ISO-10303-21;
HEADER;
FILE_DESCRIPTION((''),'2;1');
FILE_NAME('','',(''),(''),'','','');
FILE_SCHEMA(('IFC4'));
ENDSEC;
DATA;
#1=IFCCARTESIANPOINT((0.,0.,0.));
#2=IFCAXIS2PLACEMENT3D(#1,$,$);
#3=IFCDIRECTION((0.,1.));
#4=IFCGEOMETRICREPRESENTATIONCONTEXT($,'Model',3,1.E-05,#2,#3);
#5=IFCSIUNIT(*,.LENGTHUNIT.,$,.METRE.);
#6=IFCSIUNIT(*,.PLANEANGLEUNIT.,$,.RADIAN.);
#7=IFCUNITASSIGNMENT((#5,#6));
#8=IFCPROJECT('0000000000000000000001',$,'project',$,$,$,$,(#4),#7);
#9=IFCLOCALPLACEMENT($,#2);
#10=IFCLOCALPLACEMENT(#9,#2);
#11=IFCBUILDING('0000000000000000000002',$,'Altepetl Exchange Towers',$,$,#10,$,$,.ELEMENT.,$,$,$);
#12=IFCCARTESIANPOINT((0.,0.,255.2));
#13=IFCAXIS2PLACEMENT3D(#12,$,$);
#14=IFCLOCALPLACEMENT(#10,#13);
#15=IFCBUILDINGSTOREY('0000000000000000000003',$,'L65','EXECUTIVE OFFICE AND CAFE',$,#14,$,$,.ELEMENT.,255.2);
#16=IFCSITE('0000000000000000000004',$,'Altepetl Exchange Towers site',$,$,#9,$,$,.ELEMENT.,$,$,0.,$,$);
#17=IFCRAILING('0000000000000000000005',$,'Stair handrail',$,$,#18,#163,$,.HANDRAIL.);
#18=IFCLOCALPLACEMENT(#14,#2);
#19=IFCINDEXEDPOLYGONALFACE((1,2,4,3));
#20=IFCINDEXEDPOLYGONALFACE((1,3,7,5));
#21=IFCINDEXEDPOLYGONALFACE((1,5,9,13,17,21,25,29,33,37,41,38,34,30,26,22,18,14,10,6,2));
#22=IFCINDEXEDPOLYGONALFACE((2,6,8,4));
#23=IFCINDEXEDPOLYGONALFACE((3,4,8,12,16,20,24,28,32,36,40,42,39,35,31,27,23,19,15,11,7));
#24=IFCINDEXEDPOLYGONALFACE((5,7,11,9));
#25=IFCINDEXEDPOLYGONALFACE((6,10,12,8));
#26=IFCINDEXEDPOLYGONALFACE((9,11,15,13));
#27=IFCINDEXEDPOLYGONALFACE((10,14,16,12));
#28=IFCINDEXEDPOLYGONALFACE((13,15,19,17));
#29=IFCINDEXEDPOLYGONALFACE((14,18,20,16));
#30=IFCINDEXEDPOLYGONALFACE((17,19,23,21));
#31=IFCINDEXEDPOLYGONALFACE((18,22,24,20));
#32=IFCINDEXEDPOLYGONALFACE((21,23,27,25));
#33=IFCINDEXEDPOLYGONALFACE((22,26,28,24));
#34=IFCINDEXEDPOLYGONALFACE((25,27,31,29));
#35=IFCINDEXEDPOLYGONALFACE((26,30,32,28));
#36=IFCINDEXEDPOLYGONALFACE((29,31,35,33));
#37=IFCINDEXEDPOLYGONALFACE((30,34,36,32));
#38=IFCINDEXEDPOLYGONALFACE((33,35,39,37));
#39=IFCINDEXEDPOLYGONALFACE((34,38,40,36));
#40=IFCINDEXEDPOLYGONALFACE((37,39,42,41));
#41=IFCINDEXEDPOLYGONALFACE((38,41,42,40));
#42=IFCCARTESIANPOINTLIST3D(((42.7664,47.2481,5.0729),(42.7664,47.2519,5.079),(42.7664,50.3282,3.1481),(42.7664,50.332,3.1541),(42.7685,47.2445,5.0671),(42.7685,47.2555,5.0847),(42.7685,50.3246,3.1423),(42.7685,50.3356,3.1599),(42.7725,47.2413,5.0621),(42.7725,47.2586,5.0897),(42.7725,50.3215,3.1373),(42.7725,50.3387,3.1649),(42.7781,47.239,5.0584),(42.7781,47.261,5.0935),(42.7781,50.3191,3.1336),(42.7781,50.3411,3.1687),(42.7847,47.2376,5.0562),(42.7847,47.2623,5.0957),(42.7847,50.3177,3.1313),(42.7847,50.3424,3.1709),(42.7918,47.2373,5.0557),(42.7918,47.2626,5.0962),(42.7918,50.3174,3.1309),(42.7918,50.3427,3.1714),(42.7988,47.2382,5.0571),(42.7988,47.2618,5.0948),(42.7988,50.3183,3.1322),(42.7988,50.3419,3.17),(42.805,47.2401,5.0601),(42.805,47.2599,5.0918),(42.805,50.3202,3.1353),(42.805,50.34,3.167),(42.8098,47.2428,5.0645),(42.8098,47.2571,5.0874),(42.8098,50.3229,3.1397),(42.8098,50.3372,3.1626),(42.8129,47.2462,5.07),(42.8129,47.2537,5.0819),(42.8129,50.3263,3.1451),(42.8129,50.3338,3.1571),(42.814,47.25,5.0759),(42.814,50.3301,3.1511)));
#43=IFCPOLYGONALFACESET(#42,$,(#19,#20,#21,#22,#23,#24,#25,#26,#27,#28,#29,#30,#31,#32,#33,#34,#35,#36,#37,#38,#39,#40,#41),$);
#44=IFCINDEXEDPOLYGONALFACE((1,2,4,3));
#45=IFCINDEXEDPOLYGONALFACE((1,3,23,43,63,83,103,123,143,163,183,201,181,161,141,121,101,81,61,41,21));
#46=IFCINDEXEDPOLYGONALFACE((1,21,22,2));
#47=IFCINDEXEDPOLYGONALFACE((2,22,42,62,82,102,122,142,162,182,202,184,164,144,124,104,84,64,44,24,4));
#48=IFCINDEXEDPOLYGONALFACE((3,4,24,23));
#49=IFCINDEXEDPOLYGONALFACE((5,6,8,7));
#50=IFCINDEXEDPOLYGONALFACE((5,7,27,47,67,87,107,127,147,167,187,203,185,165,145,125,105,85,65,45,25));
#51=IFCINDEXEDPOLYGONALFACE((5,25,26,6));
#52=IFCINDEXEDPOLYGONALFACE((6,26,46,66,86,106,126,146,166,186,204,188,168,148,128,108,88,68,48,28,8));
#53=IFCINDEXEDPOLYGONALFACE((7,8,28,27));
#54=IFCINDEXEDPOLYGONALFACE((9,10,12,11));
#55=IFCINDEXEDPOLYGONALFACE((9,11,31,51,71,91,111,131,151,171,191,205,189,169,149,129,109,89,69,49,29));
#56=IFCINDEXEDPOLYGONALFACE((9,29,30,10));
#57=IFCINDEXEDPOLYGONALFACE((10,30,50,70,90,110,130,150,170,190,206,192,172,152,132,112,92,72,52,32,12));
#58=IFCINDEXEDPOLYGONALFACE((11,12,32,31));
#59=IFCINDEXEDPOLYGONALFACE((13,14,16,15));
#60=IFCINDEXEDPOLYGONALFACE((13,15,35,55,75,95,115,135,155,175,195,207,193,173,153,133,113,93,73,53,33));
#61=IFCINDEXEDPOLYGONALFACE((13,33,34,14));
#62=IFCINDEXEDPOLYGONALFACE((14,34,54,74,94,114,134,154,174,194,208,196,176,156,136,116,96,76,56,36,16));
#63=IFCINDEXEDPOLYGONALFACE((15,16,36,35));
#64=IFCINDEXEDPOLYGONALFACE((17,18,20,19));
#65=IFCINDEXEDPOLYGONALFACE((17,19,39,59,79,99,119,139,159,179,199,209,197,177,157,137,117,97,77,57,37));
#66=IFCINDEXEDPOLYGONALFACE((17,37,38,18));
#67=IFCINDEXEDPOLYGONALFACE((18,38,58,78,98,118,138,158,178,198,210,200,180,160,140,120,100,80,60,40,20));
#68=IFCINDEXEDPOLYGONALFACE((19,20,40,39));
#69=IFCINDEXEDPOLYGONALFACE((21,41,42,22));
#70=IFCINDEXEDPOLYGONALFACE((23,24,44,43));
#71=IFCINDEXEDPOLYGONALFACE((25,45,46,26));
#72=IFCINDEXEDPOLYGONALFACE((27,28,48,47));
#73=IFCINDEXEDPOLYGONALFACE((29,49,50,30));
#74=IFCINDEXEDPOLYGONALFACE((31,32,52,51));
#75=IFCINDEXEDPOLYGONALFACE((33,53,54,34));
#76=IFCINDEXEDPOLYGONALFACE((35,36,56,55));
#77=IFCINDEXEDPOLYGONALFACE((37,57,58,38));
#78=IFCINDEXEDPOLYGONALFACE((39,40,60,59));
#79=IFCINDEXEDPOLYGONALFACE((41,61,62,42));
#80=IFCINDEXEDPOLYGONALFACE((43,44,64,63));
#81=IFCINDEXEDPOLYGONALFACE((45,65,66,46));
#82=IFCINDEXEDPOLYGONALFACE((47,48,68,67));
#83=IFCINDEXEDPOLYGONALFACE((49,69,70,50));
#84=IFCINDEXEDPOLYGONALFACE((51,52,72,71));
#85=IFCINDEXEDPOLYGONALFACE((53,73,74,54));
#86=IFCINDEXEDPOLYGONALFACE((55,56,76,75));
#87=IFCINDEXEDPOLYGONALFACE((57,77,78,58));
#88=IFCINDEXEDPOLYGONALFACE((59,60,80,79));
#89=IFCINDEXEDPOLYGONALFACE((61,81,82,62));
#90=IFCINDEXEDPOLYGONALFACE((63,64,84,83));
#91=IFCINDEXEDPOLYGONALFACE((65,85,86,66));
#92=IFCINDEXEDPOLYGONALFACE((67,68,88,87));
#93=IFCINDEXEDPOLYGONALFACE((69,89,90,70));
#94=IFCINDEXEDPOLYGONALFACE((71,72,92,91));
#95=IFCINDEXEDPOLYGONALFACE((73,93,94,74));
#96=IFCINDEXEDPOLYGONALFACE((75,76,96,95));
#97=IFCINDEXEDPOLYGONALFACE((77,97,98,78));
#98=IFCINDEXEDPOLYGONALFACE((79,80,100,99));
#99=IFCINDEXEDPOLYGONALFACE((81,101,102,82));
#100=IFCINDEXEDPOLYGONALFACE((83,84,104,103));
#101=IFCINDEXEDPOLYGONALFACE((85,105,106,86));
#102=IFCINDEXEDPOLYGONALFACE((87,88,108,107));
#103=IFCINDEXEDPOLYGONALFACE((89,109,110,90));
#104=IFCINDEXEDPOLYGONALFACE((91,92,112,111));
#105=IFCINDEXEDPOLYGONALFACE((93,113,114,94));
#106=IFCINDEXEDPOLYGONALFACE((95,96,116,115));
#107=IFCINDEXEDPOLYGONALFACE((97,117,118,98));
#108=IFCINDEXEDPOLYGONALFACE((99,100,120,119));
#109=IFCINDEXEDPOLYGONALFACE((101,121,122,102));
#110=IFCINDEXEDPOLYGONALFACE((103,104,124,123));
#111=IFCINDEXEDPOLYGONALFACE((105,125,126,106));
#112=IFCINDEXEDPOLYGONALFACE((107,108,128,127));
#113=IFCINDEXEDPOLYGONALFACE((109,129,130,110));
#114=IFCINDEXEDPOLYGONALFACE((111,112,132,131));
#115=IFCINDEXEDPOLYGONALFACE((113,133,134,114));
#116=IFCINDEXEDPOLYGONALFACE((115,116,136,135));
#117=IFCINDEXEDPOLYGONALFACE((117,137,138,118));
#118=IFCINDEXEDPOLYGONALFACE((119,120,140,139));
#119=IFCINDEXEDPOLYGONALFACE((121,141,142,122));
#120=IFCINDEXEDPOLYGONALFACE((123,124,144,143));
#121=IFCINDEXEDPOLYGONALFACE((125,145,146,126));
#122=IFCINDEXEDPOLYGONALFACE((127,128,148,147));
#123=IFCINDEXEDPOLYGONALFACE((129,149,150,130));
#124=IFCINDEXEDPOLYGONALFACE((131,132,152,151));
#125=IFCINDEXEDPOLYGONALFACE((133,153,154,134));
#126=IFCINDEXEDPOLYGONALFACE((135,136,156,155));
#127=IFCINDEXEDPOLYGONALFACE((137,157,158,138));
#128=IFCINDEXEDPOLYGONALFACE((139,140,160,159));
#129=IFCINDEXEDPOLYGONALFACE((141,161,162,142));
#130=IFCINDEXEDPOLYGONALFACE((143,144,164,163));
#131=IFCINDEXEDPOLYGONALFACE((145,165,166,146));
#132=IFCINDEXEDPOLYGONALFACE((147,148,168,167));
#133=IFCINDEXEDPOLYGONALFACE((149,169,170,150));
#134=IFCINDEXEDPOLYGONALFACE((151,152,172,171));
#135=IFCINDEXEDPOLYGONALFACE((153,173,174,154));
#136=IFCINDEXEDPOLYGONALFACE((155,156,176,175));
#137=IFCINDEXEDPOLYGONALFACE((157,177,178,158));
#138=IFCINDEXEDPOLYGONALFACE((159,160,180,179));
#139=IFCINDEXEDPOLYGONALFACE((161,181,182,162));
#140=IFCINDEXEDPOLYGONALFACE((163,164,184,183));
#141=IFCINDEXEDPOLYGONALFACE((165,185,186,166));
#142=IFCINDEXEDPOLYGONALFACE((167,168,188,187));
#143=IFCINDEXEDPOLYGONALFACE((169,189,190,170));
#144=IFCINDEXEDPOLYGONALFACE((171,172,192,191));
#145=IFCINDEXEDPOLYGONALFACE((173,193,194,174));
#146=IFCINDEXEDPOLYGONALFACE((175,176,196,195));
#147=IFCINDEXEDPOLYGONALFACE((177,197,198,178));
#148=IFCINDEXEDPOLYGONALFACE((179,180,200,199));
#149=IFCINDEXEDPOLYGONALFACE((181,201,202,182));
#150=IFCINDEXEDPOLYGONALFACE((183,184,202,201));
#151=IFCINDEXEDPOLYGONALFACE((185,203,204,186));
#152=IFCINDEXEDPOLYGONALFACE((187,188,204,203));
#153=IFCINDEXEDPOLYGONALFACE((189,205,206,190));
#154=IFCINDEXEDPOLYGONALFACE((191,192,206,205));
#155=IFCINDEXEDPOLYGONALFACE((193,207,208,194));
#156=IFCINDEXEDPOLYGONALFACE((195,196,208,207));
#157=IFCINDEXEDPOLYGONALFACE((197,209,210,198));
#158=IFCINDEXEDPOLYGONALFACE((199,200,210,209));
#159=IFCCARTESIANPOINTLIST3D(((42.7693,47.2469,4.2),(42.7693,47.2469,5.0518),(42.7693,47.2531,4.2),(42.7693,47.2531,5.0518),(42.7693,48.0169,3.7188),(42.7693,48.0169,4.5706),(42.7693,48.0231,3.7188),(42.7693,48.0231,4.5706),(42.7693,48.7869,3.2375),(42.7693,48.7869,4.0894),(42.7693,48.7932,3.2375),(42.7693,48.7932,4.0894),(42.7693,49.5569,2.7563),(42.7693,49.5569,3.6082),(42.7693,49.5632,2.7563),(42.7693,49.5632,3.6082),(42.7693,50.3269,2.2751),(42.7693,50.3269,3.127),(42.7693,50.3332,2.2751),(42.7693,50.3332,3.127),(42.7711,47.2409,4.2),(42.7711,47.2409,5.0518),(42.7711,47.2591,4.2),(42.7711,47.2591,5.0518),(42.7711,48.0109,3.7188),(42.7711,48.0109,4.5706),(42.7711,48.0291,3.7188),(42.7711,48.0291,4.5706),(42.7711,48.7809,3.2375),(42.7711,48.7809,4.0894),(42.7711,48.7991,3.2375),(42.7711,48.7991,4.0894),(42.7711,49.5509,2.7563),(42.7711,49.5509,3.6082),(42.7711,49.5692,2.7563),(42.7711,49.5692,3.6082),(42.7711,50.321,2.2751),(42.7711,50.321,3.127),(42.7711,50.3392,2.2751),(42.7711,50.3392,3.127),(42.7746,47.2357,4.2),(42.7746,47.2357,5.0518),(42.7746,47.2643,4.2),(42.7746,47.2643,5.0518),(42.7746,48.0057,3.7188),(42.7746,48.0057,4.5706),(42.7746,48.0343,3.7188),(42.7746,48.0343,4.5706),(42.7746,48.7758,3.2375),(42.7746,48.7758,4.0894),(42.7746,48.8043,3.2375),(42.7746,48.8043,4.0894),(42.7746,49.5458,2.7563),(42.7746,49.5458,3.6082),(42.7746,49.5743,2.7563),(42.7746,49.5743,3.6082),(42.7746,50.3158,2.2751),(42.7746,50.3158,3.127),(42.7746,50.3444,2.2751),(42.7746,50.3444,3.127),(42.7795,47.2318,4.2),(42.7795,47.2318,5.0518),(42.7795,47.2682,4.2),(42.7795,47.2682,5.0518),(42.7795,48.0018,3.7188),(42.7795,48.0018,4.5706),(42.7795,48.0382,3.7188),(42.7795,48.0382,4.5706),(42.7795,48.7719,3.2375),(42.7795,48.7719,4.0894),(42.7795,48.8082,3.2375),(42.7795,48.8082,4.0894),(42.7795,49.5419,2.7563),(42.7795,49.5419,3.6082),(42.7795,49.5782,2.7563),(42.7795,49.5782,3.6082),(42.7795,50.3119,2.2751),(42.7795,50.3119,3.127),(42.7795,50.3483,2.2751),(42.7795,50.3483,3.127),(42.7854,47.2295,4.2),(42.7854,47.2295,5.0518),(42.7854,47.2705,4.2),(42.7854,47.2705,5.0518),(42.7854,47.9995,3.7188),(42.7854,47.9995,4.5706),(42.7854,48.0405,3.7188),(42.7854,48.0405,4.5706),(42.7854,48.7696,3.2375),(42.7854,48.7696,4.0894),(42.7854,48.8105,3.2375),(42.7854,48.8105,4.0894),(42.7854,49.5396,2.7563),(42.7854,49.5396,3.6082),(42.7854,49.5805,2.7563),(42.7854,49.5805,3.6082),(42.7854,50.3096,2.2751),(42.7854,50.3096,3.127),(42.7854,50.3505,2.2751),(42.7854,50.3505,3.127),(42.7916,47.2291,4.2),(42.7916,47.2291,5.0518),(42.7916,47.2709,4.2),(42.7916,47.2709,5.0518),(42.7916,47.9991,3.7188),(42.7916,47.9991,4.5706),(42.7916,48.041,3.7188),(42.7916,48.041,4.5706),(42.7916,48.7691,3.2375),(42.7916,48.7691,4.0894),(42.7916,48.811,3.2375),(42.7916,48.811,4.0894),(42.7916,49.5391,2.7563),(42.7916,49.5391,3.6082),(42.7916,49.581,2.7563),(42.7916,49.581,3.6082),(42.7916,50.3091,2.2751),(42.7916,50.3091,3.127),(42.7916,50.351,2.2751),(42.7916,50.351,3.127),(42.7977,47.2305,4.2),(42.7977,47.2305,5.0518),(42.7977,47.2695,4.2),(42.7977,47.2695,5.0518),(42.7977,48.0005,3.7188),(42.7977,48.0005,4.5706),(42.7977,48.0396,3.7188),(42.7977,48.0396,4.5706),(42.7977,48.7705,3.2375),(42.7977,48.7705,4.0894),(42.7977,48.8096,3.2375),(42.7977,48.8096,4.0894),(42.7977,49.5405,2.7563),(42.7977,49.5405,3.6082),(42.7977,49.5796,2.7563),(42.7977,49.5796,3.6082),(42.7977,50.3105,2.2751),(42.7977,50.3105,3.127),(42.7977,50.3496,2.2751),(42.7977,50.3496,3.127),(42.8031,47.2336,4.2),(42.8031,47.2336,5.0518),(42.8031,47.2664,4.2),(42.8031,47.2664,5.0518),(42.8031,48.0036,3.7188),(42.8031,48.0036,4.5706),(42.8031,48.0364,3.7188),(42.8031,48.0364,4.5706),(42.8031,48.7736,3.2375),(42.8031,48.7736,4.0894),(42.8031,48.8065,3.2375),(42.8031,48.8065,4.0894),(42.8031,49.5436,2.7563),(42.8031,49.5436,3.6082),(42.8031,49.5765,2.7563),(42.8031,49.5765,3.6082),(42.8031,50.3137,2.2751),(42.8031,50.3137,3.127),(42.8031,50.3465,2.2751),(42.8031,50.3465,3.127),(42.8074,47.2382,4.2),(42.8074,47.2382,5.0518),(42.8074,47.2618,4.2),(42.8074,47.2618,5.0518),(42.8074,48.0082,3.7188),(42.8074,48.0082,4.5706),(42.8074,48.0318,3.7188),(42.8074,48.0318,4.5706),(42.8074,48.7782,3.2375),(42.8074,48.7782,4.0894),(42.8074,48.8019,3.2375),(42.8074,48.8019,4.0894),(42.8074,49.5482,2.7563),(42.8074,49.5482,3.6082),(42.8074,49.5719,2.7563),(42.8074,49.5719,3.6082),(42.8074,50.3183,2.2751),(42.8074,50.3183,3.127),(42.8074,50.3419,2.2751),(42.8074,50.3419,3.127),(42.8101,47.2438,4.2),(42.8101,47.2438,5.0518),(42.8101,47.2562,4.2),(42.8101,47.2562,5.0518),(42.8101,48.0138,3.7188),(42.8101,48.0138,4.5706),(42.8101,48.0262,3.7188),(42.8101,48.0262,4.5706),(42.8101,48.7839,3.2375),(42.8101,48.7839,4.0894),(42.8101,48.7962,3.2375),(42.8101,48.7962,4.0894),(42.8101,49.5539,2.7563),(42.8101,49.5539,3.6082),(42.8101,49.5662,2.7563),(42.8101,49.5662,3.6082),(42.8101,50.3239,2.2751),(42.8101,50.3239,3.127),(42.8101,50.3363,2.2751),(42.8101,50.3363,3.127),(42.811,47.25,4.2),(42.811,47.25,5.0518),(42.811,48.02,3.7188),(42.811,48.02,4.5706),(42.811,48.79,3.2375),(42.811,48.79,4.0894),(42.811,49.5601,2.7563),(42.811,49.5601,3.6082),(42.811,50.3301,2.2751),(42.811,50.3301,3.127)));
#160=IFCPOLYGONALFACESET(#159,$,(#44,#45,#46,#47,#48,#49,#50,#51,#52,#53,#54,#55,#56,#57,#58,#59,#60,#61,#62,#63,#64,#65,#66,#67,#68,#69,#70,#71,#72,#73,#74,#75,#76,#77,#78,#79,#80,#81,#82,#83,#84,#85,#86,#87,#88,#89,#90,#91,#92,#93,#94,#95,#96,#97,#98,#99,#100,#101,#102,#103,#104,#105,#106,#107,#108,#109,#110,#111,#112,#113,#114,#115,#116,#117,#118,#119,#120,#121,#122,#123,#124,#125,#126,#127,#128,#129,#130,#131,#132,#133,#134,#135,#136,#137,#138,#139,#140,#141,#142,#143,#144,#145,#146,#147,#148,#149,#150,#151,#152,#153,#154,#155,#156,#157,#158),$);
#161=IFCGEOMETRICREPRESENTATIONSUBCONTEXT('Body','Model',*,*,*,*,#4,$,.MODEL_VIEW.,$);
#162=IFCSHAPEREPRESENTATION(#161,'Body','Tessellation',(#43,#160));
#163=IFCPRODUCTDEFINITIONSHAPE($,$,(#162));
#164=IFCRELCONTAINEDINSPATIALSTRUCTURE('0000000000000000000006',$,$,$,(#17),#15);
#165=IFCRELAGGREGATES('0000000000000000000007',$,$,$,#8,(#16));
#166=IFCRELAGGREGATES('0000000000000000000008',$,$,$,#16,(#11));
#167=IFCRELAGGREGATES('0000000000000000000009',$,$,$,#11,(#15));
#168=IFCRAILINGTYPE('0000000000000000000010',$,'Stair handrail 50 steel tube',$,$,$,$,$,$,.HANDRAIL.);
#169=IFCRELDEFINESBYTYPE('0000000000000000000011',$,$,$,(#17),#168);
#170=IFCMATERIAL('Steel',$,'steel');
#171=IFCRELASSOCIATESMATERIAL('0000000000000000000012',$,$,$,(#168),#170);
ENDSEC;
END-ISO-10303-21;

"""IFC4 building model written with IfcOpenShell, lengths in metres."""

from ifc_helpers import new_model, si_unit, direction, frame, origin, origin_2d, place, context, subcontext, project, spatial, circle, extrude, source, transform, mapped, material, type_object, element, save


model = new_model("IFC4")

# Units and contexts
model_context = context("Model", 3, precision=1e-05, world=origin(), true_north=direction((0.0, 1.0)))
body_context = subcontext(model_context, "Body", "Model", "MODEL_VIEW")
ifc_project = project(units=[si_unit("LENGTHUNIT", "METRE"), si_unit("PLANEANGLEUNIT", "RADIAN")], contexts=[model_context])

# Site, building, storey
site_placement = place(None, origin())
site = spatial("IfcSite", under=ifc_project, at=site_placement, Name="Altepetl Exchange Towers site", CompositionType="ELEMENT", RefElevation=0.0)
building_placement = place(site_placement, origin())
building = spatial("IfcBuilding", under=site, at=building_placement, Name="Altepetl Exchange Towers", CompositionType="ELEMENT")
storey_placement = place(building_placement, frame((0.0, 0.0, 255.2)))
storey = spatial("IfcBuildingStorey", under=building, at=storey_placement, Name="L65", Description="EXECUTIVE OFFICE AND CAFE", CompositionType="ELEMENT", Elevation=255.2)

# Railing
ifc_material_1 = material(Name="Steel", Category="steel")
railing_type_1 = type_object("IfcRailingType", Name="Stair handrail 50 steel tube", PredefinedType="HANDRAIL", material=ifc_material_1)
shared_shape_1 = source(origin(), body_context, "Body", "SweptSolid", [
    extrude(circle(Radius=0.021, at=origin_2d()), origin(), (0.0, 0.0, 1.0), 0.8518),
])
railing_1_placement = place(storey_placement, frame((42.79, 50.3301, 2.2751)))
element("IfcRailing", 1, at=railing_1_placement, inside=storey, type_object=railing_type_1, Name="Stair handrail", PredefinedType="HANDRAIL", context=body_context, shape_type="SweptSolid", body=[
    extrude(circle(Radius=0.0239, at=origin_2d()), frame((0.0, 0.0, 0.876), z_axis=(0.0, -0.848029, 0.529951), x_axis=(1.0, 0.0, 0.0)), (0.0, 0.0, 1.0), 3.6321),
    mapped(shared_shape_1, transform((0.0, 0.0, 0.0))),
    mapped(shared_shape_1, transform((0.0, -0.77, 0.4812))),
    mapped(shared_shape_1, transform((0.0, -1.54, 0.9624))),
    mapped(shared_shape_1, transform((0.0, -2.3101, 1.4436))),
    mapped(shared_shape_1, transform((0.0, -3.0801, 1.9248))),
])

save(model, "model.ifc")
